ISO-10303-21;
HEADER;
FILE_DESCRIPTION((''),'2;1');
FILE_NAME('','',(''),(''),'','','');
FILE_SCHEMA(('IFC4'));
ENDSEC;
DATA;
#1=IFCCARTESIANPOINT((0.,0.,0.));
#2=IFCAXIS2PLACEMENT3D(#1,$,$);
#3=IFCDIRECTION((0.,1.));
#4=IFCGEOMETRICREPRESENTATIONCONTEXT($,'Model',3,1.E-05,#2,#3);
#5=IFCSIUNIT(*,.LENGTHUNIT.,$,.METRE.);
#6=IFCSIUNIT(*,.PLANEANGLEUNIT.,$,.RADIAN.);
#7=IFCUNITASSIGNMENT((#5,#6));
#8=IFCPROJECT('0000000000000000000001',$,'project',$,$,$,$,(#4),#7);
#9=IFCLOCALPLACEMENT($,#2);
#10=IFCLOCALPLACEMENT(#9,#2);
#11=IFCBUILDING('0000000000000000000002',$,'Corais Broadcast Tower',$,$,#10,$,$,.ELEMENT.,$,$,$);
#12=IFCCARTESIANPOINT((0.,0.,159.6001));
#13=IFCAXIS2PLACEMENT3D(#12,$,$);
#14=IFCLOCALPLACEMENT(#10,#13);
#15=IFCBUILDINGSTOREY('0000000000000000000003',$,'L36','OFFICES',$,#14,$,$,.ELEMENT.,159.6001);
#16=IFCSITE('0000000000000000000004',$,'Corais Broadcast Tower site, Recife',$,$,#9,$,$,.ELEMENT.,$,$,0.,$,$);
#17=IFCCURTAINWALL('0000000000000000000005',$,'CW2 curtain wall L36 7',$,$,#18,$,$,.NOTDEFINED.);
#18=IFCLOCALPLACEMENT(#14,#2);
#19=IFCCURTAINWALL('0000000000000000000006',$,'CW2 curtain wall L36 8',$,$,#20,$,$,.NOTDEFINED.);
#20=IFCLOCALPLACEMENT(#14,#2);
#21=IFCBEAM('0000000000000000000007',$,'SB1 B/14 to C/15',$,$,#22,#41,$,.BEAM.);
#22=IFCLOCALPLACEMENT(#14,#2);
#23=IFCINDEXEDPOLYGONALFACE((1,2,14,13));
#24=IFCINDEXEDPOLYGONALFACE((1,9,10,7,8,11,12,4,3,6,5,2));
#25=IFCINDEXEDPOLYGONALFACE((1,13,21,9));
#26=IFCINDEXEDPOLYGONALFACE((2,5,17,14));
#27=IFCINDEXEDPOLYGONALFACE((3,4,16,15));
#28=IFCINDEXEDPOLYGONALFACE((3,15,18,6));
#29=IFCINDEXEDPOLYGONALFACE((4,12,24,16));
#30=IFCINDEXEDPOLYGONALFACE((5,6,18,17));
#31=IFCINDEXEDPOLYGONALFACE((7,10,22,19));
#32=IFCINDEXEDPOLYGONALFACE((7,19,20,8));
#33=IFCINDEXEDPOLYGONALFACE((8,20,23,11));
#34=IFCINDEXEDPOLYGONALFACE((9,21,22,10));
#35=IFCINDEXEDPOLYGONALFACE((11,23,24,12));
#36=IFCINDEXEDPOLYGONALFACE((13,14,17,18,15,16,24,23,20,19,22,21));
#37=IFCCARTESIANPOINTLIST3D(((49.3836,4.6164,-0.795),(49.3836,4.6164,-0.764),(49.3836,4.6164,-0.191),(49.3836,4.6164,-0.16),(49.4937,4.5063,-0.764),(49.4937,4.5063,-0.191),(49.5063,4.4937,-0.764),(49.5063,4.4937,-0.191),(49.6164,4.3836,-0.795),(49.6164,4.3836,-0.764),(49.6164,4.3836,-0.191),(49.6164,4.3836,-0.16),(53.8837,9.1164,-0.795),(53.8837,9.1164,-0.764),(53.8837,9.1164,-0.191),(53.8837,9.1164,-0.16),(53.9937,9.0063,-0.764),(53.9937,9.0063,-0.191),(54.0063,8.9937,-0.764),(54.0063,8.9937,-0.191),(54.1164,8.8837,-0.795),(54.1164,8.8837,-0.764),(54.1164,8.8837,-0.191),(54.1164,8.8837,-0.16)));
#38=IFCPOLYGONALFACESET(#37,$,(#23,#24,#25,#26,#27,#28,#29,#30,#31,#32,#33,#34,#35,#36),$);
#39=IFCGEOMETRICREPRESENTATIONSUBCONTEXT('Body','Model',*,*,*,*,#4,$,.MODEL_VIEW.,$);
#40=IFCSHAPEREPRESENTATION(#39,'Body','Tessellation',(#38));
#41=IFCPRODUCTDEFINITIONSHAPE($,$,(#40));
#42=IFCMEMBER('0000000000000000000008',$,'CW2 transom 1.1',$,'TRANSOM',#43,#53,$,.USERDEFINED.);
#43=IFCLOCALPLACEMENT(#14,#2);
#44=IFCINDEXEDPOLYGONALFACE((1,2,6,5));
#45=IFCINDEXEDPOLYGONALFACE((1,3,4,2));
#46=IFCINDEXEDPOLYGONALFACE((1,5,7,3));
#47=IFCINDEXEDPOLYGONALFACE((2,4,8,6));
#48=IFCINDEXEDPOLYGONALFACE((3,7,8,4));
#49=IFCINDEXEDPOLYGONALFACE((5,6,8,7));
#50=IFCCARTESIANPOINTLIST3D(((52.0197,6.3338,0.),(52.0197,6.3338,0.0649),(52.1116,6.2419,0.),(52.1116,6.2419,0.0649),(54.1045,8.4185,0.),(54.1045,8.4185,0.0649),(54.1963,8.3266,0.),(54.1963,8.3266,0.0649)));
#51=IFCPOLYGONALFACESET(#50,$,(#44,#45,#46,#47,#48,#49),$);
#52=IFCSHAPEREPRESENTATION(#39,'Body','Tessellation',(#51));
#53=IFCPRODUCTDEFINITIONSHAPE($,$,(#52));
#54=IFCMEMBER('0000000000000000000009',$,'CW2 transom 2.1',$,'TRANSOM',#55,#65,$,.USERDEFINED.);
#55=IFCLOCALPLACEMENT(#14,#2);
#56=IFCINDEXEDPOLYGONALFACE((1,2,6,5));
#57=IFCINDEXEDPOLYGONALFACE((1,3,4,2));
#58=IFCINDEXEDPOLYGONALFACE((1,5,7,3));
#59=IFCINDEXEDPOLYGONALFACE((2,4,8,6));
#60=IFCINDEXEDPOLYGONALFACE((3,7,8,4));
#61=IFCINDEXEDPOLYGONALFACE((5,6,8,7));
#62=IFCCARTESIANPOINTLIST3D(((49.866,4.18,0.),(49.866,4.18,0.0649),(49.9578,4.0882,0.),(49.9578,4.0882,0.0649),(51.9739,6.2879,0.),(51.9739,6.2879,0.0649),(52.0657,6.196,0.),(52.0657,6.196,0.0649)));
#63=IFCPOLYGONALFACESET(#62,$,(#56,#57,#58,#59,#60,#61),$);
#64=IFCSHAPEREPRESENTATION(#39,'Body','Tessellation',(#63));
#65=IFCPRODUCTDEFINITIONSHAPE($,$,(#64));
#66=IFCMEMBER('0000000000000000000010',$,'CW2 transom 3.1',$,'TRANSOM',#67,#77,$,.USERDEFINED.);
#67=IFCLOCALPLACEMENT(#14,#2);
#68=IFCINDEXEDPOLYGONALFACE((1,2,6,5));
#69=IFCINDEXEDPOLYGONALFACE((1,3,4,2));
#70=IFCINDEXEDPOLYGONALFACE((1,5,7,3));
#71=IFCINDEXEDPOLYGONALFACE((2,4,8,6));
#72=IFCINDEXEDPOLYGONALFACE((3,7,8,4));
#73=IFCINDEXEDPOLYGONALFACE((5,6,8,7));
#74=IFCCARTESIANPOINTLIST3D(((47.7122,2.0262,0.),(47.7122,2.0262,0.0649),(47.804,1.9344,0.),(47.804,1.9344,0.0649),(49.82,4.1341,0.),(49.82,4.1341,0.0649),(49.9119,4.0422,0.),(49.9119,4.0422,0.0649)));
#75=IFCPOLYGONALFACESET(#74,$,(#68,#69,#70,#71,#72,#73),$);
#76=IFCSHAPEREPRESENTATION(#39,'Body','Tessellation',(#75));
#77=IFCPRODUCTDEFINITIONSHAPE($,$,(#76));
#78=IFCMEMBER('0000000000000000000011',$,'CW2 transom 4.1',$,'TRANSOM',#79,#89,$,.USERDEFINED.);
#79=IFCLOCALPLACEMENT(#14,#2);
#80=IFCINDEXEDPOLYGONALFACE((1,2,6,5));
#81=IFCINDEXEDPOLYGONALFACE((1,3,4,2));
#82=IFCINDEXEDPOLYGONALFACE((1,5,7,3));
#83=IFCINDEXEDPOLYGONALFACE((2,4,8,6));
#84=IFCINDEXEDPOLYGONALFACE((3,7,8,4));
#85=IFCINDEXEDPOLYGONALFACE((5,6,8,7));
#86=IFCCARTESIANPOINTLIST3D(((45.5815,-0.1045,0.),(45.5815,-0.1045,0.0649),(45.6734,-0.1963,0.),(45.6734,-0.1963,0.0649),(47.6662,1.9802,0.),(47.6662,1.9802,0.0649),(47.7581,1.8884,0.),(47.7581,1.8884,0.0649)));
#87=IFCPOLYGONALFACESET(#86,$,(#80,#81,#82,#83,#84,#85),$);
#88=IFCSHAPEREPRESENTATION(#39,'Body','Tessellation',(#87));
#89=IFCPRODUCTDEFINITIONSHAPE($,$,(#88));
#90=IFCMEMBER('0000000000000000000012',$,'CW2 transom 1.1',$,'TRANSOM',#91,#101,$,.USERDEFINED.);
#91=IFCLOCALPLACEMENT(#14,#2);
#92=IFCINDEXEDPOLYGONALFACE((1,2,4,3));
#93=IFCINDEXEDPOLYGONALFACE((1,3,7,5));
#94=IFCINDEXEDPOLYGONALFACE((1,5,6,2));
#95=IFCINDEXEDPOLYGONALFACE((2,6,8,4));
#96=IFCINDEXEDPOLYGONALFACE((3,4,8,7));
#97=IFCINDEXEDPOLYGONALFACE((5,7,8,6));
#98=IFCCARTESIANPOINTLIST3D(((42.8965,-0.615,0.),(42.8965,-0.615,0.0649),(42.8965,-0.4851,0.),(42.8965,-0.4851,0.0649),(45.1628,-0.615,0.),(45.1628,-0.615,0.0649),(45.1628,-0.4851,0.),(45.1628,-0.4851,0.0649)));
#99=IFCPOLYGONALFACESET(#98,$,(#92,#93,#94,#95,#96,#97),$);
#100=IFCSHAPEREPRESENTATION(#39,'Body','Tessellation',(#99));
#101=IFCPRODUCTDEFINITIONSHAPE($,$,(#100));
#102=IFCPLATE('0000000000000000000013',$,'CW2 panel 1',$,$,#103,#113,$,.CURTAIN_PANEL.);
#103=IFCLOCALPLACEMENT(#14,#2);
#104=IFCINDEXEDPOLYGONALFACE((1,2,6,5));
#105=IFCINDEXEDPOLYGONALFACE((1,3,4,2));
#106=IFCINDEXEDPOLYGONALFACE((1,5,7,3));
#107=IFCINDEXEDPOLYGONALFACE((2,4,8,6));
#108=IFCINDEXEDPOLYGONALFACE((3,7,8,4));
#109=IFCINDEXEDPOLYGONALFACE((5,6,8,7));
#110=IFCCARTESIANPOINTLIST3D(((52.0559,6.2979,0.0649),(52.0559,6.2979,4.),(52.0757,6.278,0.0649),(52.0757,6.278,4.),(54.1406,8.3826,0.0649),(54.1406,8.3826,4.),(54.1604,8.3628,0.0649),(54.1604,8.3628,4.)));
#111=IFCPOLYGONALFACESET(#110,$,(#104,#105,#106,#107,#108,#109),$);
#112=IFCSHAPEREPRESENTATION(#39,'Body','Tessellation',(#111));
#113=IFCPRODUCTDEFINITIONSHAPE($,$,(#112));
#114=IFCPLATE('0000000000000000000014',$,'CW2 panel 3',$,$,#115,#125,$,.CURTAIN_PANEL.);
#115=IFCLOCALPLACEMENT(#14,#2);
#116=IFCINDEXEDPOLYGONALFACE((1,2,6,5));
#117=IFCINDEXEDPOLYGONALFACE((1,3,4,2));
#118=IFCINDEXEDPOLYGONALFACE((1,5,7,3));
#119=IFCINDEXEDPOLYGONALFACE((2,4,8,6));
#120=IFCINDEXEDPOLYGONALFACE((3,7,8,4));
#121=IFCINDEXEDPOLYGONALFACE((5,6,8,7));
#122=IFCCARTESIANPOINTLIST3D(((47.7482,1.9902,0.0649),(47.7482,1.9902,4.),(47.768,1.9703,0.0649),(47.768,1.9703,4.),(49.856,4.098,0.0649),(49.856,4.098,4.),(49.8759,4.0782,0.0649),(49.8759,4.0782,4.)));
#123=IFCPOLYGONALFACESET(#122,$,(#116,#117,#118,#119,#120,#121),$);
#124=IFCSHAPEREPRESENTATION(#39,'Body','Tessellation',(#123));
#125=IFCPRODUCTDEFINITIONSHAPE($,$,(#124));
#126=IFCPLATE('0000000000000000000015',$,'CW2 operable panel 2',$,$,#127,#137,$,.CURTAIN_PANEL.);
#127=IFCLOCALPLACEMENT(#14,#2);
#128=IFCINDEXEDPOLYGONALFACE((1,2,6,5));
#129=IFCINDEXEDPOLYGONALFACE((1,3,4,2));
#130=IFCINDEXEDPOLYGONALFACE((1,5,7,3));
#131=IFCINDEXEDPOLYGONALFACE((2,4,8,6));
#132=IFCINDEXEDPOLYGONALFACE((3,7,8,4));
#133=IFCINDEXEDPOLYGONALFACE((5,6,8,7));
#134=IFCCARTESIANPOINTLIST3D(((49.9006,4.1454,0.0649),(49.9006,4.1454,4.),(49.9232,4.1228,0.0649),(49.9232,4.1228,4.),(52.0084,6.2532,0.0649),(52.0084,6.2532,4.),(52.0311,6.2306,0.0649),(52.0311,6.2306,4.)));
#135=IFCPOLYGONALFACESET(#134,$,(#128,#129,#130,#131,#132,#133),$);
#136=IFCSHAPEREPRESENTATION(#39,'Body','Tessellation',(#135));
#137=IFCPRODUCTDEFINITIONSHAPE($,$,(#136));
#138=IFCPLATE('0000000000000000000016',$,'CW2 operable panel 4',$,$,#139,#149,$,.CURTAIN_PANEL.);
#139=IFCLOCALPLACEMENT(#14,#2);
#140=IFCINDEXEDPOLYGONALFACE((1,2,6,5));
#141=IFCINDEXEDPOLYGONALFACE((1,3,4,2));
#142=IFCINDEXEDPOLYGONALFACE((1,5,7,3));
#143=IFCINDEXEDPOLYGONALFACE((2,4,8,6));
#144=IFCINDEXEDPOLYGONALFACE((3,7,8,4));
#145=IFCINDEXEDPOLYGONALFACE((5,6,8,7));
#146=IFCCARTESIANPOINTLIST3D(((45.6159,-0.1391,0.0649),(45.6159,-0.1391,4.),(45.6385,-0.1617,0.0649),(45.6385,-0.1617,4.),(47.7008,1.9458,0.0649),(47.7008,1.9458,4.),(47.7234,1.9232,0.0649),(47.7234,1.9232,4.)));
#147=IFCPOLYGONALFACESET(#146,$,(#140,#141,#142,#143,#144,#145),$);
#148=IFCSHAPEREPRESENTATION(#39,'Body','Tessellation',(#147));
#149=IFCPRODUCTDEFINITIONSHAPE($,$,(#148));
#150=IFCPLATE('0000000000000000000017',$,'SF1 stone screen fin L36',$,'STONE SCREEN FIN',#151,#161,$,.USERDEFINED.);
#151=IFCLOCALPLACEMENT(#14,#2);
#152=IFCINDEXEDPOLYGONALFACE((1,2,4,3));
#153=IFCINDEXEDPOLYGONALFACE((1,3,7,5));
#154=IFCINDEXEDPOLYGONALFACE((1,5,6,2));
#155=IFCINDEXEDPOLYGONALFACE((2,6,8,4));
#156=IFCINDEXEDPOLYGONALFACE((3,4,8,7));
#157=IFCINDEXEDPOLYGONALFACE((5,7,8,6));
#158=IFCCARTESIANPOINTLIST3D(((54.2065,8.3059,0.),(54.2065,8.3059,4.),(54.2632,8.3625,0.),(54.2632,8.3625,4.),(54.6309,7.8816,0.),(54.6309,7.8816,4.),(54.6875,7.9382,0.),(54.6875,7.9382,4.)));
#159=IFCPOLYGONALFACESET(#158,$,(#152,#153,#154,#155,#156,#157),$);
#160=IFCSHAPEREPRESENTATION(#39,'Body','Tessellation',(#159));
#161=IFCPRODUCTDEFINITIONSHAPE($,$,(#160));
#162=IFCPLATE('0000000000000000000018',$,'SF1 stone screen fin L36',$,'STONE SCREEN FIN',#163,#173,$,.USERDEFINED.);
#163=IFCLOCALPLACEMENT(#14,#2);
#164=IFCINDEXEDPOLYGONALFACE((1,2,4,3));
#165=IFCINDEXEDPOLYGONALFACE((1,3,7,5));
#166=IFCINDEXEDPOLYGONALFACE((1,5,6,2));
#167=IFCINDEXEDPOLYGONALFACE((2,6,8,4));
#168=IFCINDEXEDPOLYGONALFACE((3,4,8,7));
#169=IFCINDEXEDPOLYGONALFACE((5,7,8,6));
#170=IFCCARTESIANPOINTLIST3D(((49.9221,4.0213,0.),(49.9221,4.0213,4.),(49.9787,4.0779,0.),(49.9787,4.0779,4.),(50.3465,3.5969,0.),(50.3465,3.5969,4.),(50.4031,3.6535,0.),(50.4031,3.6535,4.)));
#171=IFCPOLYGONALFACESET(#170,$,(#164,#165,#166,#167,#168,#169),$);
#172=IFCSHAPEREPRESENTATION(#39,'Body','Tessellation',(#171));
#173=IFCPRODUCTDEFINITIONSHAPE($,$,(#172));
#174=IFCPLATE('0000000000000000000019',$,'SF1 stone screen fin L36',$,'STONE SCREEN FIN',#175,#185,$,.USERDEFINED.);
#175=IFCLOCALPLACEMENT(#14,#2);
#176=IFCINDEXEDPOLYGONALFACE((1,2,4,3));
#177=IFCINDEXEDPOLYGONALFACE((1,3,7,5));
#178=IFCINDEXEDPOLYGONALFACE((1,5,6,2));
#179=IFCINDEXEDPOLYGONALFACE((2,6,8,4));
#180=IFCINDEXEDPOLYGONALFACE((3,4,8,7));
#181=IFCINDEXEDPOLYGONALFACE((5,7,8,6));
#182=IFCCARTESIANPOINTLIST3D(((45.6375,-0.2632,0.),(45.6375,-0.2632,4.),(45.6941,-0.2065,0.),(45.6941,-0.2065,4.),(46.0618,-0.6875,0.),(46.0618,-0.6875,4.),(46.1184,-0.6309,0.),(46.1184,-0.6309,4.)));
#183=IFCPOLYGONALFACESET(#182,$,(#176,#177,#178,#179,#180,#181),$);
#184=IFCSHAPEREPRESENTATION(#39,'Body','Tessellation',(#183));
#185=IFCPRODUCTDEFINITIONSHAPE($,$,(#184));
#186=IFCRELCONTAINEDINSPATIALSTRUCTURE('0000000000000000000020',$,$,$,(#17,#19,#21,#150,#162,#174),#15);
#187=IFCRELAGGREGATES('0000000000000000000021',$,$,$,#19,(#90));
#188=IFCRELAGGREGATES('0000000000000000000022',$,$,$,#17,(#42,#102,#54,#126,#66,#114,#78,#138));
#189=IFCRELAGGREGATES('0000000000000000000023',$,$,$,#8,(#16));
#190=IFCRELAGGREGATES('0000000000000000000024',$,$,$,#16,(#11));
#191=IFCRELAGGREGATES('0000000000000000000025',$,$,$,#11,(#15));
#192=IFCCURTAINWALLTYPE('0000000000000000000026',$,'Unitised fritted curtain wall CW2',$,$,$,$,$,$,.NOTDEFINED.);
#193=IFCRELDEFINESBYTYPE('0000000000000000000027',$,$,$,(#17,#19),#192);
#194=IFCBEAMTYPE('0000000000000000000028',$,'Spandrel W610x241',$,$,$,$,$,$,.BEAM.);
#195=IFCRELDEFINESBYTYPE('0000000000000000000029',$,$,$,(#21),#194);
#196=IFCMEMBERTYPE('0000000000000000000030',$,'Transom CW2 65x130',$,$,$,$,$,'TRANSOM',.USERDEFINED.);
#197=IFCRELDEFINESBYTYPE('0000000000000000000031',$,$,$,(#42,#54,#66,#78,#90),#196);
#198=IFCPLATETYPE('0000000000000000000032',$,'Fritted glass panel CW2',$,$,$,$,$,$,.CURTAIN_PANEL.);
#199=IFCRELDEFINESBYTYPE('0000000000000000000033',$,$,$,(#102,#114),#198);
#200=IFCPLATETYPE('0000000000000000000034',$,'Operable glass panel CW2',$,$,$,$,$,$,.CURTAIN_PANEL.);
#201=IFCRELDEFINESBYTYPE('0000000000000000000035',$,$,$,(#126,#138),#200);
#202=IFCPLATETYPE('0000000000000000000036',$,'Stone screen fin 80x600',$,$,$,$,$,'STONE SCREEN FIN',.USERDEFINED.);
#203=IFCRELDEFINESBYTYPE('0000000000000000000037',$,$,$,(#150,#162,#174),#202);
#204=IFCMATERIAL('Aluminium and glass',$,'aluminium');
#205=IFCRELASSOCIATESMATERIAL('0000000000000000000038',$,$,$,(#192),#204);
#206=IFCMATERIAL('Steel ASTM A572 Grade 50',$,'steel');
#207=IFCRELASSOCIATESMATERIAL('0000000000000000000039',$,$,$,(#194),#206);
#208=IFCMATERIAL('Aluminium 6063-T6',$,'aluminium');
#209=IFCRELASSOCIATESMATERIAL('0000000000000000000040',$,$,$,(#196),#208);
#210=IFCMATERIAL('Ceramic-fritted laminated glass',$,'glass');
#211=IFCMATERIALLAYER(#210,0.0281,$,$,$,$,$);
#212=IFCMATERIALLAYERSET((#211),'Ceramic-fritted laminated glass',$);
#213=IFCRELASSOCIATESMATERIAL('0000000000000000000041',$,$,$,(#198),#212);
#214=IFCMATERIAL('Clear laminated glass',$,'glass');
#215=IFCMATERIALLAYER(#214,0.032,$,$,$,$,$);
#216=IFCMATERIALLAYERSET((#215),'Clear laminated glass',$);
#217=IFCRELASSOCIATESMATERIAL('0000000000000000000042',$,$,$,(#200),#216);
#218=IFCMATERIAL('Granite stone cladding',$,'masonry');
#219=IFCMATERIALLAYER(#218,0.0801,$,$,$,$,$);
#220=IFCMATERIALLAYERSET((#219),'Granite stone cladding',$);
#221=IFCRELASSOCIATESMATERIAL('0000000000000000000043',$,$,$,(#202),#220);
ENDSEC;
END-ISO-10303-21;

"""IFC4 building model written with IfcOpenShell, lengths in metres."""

from ifc_helpers import new_model, si_unit, direction, frame, origin, origin_2d, place, context, subcontext, project, spatial, rectangle, i_section, extrude, material, layer, layer_set, material_profile, profile_set, type_object, element, aggregate, save


model = new_model("IFC4")

# Units and contexts
model_context = context("Model", 3, precision=1e-05, world=origin(), true_north=direction((0.0, 1.0)))
body_context = subcontext(model_context, "Body", "Model", "MODEL_VIEW")
ifc_project = project(units=[si_unit("LENGTHUNIT", "METRE"), si_unit("PLANEANGLEUNIT", "RADIAN")], contexts=[model_context])

# Site, building, storey
site_placement = place(None, origin())
site = spatial("IfcSite", under=ifc_project, at=site_placement, Name="Corais Broadcast Tower site, Recife", CompositionType="ELEMENT", RefElevation=0.0)
building_placement = place(site_placement, origin())
building = spatial("IfcBuilding", under=site, at=building_placement, Name="Corais Broadcast Tower", CompositionType="ELEMENT")
storey_placement = place(building_placement, frame((0.0, 0.0, 159.6001)))
storey = spatial("IfcBuildingStorey", under=building, at=storey_placement, Name="L36", Description="OFFICES", CompositionType="ELEMENT", Elevation=159.6001)

# Shared definitions
ifc_material_1 = material(Name="Aluminium and glass", Category="aluminium")
curtain_wall_type = type_object("IfcCurtainWallType", Name="Unitised fritted curtain wall CW2", PredefinedType="NOTDEFINED", material=ifc_material_1)

# Curtain wall
curtain_wall_1_placement = place(storey_placement, origin())
curtain_wall_1 = element("IfcCurtainWall", 1, at=curtain_wall_1_placement, inside=storey, type_object=curtain_wall_type, Name="CW2 curtain wall L36 7", PredefinedType="NOTDEFINED")

# Curtain wall
curtain_wall_2_placement = place(storey_placement, origin())
curtain_wall_2 = element("IfcCurtainWall", 2, at=curtain_wall_2_placement, inside=storey, type_object=curtain_wall_type, Name="CW2 curtain wall L36 8", PredefinedType="NOTDEFINED")

# Beam
ifc_material_2 = material(Name="Steel ASTM A572 Grade 50", Category="steel")
ifc_material_profile_1 = material_profile(ifc_material_2, i_section(OverallWidth=0.3291, OverallDepth=0.635, WebThickness=0.0178, FlangeThickness=0.031, at=origin_2d()), Name="W610x241")
ifc_profile_set_1 = profile_set([ifc_material_profile_1], Name="Steel ASTM A572 Grade 50")
beam_type_1 = type_object("IfcBeamType", Name="Spandrel W610x241", PredefinedType="BEAM", material=ifc_profile_set_1)
beam_1_placement = place(storey_placement, frame((49.5, 4.5, -0.4775), z_axis=(0.707107, 0.707107, 0.0), x_axis=(-0.707107, 0.707107, 0.0)))
element("IfcBeam", 3, at=beam_1_placement, inside=storey, type_object=beam_type_1, Name="SB1 B/14 to C/15", PredefinedType="BEAM", context=body_context, shape_type="SweptSolid", body=[
    extrude(i_section(OverallWidth=0.3291, OverallDepth=0.635, WebThickness=0.0178, FlangeThickness=0.031, at=origin_2d()), origin(), (0.0, 0.0, 1.0), 6.364),
])

# Members
ifc_material_3 = material(Name="Aluminium 6063-T6", Category="aluminium")
ifc_material_profile_2 = material_profile(ifc_material_3, rectangle(XDim=0.1299, YDim=0.0649, at=origin_2d()), Name="Transom CW2 65x130")
ifc_profile_set_2 = profile_set([ifc_material_profile_2], Name="Aluminium 6063-T6")
member_type_1 = type_object("IfcMemberType", Name="Transom CW2 65x130", ElementType="TRANSOM", PredefinedType="USERDEFINED", material=ifc_profile_set_2)
member_1_placement = place(storey_placement, frame((54.1504, 8.3726, 0.0325), z_axis=(-0.707107, -0.707107, 0.0), x_axis=(0.707107, -0.707107, 0.0)))
member_1 = element("IfcMember", 4, at=member_1_placement, type_object=member_type_1, Name="CW2 transom 1.1", ObjectType="TRANSOM", PredefinedType="USERDEFINED", context=body_context, shape_type="SweptSolid", body=[
    extrude(rectangle(XDim=0.1299, YDim=0.0649, at=origin_2d()), origin(), (0.0, 0.0, 1.0), 2.9482),
])
member_2_placement = place(storey_placement, frame((52.0198, 6.2419, 0.0325), z_axis=(-0.707107, -0.707107, 0.0), x_axis=(0.707107, -0.707107, 0.0)))
member_2 = element("IfcMember", 5, at=member_2_placement, type_object=member_type_1, Name="CW2 transom 2.1", ObjectType="TRANSOM", PredefinedType="USERDEFINED", context=body_context, shape_type="SweptSolid", body=[
    extrude(rectangle(XDim=0.1299, YDim=0.0649, at=origin_2d()), origin(), (0.0, 0.0, 1.0), 2.981),
])
member_3_placement = place(storey_placement, frame((49.866, 4.0881, 0.0325), z_axis=(-0.707107, -0.707107, 0.0), x_axis=(0.707107, -0.707107, 0.0)))
member_3 = element("IfcMember", 6, at=member_3_placement, type_object=member_type_1, Name="CW2 transom 3.1", ObjectType="TRANSOM", PredefinedType="USERDEFINED", context=body_context, shape_type="SweptSolid", body=[
    extrude(rectangle(XDim=0.1299, YDim=0.0649, at=origin_2d()), origin(), (0.0, 0.0, 1.0), 2.981),
])
member_4_placement = place(storey_placement, frame((47.7122, 1.9343, 0.0325), z_axis=(-0.707107, -0.707107, 0.0), x_axis=(0.707107, -0.707107, 0.0)))
member_4 = element("IfcMember", 7, at=member_4_placement, type_object=member_type_1, Name="CW2 transom 4.1", ObjectType="TRANSOM", PredefinedType="USERDEFINED", context=body_context, shape_type="SweptSolid", body=[
    extrude(rectangle(XDim=0.1299, YDim=0.0649, at=origin_2d()), origin(), (0.0, 0.0, 1.0), 2.9482),
])
member_5_placement = place(storey_placement, frame((45.1628, -0.55, 0.0325), z_axis=(-1.0, 0.0, 0.0), x_axis=(0.0, -1.0, 0.0)))
member_5 = element("IfcMember", 8, at=member_5_placement, type_object=member_type_1, Name="CW2 transom 1.1", ObjectType="TRANSOM", PredefinedType="USERDEFINED", context=body_context, shape_type="SweptSolid", body=[
    extrude(rectangle(XDim=0.1299, YDim=0.0649, at=origin_2d()), origin(), (0.0, 0.0, 1.0), 2.2664),
])
aggregate(curtain_wall_2, [member_5])

# Plates
ifc_material_4 = material(Name="Ceramic-fritted laminated glass", Category="glass")
ifc_layer_1 = layer(ifc_material_4, 0.0281)
ifc_layer_set_1 = layer_set([ifc_layer_1], Name="Ceramic-fritted laminated glass")
plate_type_1 = type_object("IfcPlateType", Name="Fritted glass panel CW2", PredefinedType="CURTAIN_PANEL", material=ifc_layer_set_1)
plate_1_placement = place(storey_placement, frame((53.1082, 7.3303, 0.0649), z_axis=(0.0, 0.0, 1.0), x_axis=(-0.707107, -0.707107, 0.0)))
plate_1 = element("IfcPlate", 9, at=plate_1_placement, type_object=plate_type_1, Name="CW2 panel 1", PredefinedType="CURTAIN_PANEL", context=body_context, shape_type="SweptSolid", body=[
    extrude(rectangle(XDim=2.9482, YDim=0.0281, at=origin_2d()), origin(), (0.0, 0.0, 1.0), 3.9351),
])
plate_2_placement = place(storey_placement, frame((48.812, 3.0342, 0.0649), z_axis=(0.0, 0.0, 1.0), x_axis=(-0.707107, -0.707107, 0.0)))
plate_2 = element("IfcPlate", 10, at=plate_2_placement, type_object=plate_type_1, Name="CW2 panel 3", PredefinedType="CURTAIN_PANEL", context=body_context, shape_type="SweptSolid", body=[
    extrude(rectangle(XDim=2.981, YDim=0.0281, at=origin_2d()), origin(), (0.0, 0.0, 1.0), 3.9351),
])
ifc_material_5 = material(Name="Clear laminated glass", Category="glass")
ifc_layer_2 = layer(ifc_material_5, 0.032)
ifc_layer_set_2 = layer_set([ifc_layer_2], Name="Clear laminated glass")
plate_type_2 = type_object("IfcPlateType", Name="Operable glass panel CW2", PredefinedType="CURTAIN_PANEL", material=ifc_layer_set_2)
plate_3_placement = place(storey_placement, frame((50.9658, 5.188, 0.0649), z_axis=(0.0, 0.0, 1.0), x_axis=(-0.707107, -0.707107, 0.0)))
plate_3 = element("IfcPlate", 11, at=plate_3_placement, type_object=plate_type_2, Name="CW2 operable panel 2", PredefinedType="CURTAIN_PANEL", context=body_context, shape_type="SweptSolid", body=[
    extrude(rectangle(XDim=2.981, YDim=0.032, at=origin_2d()), origin(), (0.0, 0.0, 1.0), 3.9351),
])
plate_4_placement = place(storey_placement, frame((46.6697, 0.8921, 0.0649), z_axis=(0.0, 0.0, 1.0), x_axis=(-0.707107, -0.707107, 0.0)))
plate_4 = element("IfcPlate", 12, at=plate_4_placement, type_object=plate_type_2, Name="CW2 operable panel 4", PredefinedType="CURTAIN_PANEL", context=body_context, shape_type="SweptSolid", body=[
    extrude(rectangle(XDim=2.9485, YDim=0.032, at=origin_2d()), origin(), (0.0, 0.0, 1.0), 3.9351),
])
aggregate(curtain_wall_1, [member_1, plate_1, member_2, plate_3, member_3, plate_2, member_4, plate_4])

# Plates
ifc_material_6 = material(Name="Granite stone cladding", Category="masonry")
ifc_layer_3 = layer(ifc_material_6, 0.0801)
ifc_layer_set_3 = layer_set([ifc_layer_3], Name="Granite stone cladding")
plate_type_3 = type_object("IfcPlateType", Name="Stone screen fin 80x600", ElementType="STONE SCREEN FIN", PredefinedType="USERDEFINED", material=ifc_layer_set_3)
for number, where, z_axis, x_axis, name in (
    (13, (54.447, 8.1221, 0.0), (0.0, 0.0, 1.0), (-0.707107, -0.707107, 0.0), "SF1 stone screen fin L36"),
    (14, (50.1626, 3.8374, 0.0), (0.0, 0.0, 1.0), (-0.707107, -0.707107, 0.0), "SF1 stone screen fin L36"),
    (15, (45.8779, -0.447, 0.0), (0.0, 0.0, 1.0), (-0.707107, -0.707107, 0.0), "SF1 stone screen fin L36"),
):
    element("IfcPlate", number, at=place(storey_placement, frame(where, z_axis=z_axis, x_axis=x_axis)), inside=storey, type_object=plate_type_3, Name=name, ObjectType="STONE SCREEN FIN", PredefinedType="USERDEFINED", context=body_context, shape_type="SweptSolid", body=[
        extrude(rectangle(XDim=0.0801, YDim=0.6001, at=origin_2d()), origin(), (0.0, 0.0, 1.0), 4.0),
    ])

save(model, "model.ifc")
